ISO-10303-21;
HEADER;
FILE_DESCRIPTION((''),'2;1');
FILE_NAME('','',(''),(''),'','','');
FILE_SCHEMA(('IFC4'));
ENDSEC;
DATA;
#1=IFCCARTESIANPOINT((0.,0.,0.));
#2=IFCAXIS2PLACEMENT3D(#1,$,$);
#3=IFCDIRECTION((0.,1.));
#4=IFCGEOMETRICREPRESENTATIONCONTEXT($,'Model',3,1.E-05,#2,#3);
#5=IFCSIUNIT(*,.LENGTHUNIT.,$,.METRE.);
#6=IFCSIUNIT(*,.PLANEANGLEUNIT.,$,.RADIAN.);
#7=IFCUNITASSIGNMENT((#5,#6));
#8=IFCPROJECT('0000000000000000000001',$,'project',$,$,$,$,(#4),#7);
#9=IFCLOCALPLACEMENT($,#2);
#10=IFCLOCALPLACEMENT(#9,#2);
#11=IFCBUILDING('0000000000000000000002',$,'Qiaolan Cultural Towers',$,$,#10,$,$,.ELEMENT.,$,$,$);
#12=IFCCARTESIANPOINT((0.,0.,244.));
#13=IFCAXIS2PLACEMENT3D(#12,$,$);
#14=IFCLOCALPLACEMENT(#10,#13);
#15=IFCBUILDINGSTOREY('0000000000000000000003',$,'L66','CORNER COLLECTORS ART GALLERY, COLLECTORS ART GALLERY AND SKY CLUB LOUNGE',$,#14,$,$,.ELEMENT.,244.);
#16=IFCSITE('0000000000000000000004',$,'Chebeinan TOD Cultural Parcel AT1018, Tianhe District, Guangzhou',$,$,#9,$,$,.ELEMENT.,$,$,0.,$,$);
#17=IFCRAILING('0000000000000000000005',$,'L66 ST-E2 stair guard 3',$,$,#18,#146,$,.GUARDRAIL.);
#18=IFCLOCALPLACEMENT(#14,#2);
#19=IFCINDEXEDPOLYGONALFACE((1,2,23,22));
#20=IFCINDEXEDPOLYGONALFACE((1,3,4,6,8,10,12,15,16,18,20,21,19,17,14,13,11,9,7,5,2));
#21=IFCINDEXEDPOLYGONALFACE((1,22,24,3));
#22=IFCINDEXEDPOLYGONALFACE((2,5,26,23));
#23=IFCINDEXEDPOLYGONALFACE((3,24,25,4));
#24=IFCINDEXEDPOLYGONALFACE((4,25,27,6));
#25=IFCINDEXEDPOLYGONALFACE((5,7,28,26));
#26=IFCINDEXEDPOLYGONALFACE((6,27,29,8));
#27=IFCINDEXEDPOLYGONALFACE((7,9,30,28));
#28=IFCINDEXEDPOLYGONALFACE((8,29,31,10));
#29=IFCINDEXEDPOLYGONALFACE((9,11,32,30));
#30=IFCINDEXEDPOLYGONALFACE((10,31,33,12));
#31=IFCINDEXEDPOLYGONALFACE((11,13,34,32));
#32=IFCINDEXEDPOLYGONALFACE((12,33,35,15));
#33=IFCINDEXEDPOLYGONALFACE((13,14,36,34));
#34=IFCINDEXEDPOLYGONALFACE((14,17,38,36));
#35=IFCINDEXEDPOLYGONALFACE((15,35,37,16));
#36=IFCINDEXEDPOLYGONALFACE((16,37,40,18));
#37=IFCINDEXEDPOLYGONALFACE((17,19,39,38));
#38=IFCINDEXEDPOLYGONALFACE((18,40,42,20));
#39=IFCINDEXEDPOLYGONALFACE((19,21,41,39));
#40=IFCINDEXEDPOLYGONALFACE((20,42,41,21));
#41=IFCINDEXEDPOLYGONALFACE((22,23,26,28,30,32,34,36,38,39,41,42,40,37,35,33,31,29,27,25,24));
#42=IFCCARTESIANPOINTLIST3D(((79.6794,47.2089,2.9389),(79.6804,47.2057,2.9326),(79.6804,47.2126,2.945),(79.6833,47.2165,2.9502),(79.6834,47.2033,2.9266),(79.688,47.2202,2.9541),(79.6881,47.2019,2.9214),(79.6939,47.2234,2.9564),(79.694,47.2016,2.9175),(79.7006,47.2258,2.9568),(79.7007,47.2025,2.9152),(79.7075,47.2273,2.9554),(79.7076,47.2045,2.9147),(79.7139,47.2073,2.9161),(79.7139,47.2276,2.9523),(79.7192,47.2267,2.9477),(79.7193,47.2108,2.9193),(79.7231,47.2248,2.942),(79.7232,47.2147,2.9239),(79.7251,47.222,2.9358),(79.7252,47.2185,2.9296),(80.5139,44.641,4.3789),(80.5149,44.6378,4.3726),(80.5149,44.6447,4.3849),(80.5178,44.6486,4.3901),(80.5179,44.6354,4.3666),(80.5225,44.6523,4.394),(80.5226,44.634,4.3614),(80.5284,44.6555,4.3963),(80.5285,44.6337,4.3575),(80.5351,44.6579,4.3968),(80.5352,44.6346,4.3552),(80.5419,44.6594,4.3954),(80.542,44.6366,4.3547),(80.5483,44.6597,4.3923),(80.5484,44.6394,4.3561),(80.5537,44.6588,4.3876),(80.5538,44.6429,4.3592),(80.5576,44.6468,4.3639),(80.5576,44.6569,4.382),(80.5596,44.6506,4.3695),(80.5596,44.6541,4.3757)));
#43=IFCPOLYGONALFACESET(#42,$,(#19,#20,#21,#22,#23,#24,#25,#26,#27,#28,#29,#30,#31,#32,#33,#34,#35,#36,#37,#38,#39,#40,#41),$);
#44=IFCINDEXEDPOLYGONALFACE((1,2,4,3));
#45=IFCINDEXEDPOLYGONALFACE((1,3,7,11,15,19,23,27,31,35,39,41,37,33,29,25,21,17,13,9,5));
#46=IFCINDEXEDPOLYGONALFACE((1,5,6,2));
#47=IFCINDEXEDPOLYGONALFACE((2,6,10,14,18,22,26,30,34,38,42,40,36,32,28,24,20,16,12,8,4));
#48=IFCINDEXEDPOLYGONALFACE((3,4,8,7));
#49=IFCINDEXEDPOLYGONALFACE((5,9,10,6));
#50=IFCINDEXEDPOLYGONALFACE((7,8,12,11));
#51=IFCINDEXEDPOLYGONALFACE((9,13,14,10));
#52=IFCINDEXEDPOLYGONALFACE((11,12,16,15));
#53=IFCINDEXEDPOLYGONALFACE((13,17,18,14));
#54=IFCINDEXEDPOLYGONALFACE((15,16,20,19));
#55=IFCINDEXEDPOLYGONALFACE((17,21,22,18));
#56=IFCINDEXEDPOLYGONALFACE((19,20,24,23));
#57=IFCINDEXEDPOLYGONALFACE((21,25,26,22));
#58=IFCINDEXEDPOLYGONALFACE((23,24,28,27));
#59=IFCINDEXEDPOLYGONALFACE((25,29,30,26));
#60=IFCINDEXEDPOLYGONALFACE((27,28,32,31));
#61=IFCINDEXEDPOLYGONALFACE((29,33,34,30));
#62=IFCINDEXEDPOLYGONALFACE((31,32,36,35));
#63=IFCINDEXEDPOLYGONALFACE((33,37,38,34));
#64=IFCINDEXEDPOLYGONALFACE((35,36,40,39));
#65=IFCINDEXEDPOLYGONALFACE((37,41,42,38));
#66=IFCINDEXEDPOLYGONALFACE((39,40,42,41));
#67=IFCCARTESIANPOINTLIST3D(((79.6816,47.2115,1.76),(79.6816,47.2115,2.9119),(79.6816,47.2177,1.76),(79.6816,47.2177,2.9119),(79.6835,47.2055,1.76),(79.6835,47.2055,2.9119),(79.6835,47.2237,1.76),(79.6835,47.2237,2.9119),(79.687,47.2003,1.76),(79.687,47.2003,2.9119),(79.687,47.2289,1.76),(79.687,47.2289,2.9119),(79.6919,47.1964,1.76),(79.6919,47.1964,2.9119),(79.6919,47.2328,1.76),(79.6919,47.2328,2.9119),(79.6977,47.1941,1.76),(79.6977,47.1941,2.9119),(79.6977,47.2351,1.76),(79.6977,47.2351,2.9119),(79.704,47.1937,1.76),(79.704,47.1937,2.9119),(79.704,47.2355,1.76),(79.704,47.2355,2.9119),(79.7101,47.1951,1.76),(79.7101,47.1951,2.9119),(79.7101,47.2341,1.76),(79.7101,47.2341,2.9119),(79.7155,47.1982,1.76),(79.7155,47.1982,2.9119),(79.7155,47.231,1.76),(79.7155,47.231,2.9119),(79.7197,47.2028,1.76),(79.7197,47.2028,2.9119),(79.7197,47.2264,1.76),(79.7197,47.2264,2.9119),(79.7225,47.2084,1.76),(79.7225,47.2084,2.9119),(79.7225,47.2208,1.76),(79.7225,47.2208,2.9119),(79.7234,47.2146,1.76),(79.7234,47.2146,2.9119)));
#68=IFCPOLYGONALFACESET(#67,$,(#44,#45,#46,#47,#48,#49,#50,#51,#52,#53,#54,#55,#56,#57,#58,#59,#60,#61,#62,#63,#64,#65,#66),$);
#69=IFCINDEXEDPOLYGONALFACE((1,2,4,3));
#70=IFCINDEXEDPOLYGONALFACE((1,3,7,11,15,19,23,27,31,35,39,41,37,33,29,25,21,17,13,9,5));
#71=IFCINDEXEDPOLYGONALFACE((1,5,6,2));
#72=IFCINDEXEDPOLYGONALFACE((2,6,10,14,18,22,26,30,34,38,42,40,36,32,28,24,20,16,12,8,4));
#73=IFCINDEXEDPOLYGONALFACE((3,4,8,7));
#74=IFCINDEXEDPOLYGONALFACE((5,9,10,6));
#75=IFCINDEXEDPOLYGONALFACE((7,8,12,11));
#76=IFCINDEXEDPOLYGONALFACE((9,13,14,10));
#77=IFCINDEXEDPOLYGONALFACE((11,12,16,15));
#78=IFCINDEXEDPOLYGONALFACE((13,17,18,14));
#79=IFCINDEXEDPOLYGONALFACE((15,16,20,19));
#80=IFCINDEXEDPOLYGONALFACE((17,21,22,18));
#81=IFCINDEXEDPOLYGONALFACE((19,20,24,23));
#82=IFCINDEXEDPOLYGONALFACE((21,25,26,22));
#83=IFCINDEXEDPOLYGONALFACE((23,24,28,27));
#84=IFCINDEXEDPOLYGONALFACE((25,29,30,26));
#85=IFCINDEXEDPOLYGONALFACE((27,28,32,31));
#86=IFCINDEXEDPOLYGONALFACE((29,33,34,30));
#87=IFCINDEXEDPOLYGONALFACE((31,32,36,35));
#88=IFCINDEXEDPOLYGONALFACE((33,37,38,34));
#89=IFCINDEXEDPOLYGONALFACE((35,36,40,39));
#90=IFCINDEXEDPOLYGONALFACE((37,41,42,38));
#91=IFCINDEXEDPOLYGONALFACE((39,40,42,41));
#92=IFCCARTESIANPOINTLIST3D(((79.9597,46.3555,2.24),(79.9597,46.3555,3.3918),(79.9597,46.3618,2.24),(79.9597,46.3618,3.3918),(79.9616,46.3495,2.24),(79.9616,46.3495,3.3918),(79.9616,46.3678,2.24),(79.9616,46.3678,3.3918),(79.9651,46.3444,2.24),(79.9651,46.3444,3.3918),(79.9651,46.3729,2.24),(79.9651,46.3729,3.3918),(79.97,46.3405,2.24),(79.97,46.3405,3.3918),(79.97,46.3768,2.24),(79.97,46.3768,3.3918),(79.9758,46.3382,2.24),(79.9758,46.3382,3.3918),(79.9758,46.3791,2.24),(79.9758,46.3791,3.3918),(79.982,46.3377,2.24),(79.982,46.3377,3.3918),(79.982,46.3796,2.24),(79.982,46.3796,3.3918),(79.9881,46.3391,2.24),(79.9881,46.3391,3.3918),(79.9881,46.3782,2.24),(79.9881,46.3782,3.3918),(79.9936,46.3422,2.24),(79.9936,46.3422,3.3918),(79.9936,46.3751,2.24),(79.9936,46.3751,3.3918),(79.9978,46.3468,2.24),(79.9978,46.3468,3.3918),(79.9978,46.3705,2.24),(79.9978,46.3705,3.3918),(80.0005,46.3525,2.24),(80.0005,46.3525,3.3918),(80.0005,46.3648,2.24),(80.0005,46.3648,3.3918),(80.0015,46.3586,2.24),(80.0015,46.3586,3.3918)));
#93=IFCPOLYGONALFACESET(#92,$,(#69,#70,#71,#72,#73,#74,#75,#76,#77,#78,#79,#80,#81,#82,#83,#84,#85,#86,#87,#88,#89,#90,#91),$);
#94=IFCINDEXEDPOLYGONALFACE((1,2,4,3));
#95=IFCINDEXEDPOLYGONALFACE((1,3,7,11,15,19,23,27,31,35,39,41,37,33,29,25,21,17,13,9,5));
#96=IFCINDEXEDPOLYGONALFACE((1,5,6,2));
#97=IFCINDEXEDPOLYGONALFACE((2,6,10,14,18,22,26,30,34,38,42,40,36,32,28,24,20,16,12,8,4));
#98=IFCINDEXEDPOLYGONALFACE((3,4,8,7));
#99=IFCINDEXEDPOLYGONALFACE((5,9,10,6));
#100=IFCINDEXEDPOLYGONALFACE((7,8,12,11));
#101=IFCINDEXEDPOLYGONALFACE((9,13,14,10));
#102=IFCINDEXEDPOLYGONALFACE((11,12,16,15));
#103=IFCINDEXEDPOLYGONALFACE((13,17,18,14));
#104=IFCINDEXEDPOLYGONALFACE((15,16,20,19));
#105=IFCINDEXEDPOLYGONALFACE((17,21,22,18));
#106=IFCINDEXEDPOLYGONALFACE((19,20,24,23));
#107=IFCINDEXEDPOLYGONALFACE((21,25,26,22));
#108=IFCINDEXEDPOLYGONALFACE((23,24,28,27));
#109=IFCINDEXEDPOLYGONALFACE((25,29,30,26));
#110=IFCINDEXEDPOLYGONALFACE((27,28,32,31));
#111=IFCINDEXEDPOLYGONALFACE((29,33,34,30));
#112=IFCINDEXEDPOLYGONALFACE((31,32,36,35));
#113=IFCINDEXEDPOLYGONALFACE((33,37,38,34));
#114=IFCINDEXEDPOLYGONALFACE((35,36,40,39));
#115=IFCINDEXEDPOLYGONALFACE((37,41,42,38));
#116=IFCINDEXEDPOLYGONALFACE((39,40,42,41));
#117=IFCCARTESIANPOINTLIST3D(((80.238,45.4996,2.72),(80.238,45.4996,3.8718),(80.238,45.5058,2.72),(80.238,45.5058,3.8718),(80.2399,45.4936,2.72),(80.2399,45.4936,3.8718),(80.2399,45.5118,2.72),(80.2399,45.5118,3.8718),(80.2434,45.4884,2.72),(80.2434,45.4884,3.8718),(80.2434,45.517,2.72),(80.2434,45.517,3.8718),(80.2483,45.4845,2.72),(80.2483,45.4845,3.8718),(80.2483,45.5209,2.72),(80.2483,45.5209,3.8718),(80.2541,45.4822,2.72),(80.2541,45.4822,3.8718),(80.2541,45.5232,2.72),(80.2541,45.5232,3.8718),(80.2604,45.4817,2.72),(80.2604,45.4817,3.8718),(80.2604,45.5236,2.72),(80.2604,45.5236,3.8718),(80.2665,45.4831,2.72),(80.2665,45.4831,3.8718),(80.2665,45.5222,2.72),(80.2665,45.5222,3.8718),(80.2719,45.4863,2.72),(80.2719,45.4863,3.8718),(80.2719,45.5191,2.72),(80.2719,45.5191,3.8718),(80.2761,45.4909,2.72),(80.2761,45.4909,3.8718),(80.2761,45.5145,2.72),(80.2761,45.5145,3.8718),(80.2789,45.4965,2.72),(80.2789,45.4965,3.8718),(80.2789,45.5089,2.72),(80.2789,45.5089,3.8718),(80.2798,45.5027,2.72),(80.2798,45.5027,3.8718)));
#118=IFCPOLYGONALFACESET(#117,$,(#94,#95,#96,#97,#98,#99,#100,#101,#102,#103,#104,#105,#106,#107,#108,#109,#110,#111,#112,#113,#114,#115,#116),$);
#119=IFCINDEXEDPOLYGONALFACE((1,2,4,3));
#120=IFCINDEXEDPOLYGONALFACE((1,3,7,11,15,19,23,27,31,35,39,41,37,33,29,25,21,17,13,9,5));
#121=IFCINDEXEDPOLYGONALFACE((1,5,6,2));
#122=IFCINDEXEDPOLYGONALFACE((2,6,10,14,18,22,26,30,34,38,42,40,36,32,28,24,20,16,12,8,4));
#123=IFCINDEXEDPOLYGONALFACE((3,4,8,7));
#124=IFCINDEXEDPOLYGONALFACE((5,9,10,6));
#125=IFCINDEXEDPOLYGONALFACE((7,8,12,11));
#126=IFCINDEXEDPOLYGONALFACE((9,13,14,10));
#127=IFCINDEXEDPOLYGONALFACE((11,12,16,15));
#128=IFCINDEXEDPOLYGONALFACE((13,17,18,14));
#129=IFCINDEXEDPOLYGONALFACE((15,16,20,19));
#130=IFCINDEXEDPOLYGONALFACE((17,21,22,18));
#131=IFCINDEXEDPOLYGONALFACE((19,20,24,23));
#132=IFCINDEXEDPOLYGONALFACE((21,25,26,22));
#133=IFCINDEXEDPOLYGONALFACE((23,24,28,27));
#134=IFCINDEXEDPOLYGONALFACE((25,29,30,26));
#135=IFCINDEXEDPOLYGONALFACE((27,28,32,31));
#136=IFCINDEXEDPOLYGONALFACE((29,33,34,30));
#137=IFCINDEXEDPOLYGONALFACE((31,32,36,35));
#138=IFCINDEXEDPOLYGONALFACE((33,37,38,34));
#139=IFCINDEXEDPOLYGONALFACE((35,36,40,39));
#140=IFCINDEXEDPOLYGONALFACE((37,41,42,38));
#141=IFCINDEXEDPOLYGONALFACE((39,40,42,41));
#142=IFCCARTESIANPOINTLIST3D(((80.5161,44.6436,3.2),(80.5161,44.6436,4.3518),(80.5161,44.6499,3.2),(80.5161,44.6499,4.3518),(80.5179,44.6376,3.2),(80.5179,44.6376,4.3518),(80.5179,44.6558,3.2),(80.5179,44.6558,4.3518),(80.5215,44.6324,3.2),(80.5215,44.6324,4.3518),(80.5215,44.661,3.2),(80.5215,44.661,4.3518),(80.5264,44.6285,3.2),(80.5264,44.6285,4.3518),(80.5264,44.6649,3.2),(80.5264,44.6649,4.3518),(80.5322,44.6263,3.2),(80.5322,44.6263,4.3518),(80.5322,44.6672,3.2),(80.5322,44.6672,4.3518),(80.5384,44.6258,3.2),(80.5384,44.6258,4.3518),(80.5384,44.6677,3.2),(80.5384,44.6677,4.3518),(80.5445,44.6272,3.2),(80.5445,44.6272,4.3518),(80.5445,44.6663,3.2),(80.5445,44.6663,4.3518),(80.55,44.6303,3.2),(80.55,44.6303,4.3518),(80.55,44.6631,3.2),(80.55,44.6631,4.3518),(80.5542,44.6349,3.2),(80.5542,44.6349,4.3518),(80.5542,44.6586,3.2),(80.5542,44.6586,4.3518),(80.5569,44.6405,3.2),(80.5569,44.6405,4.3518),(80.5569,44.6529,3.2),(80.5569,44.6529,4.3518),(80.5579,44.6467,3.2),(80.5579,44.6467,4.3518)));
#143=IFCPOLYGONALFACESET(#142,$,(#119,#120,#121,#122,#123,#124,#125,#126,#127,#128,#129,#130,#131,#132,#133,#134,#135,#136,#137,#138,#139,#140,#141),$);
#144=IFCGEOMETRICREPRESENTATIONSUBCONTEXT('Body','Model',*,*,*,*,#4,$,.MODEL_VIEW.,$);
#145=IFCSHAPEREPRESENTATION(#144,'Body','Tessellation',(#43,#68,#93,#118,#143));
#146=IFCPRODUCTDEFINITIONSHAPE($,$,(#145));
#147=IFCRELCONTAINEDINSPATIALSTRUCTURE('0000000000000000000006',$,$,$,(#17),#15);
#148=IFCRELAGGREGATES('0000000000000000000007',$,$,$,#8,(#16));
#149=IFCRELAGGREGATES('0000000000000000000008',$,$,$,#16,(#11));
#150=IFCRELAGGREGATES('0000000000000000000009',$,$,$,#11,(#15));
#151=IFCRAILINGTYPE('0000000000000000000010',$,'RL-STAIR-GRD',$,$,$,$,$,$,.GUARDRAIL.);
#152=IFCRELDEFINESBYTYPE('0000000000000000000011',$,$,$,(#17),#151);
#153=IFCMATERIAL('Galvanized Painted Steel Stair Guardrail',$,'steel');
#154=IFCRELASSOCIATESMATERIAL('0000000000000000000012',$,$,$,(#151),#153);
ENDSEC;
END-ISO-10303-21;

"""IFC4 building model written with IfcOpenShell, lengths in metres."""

from ifc_helpers import new_model, si_unit, direction, frame, origin, origin_2d, place, context, subcontext, project, spatial, circle, extrude, material, type_object, element, save


model = new_model("IFC4")

# Units and contexts
model_context = context("Model", 3, precision=1e-05, world=origin(), true_north=direction((0.0, 1.0)))
body_context = subcontext(model_context, "Body", "Model", "MODEL_VIEW")
ifc_project = project(units=[si_unit("LENGTHUNIT", "METRE"), si_unit("PLANEANGLEUNIT", "RADIAN")], contexts=[model_context])

# Site, building, storey
site_placement = place(None, origin())
site = spatial("IfcSite", under=ifc_project, at=site_placement, Name="Chebeinan TOD Cultural Parcel AT1018, Tianhe District, Guangzhou", CompositionType="ELEMENT", RefElevation=0.0)
building_placement = place(site_placement, origin())
building = spatial("IfcBuilding", under=site, at=building_placement, Name="Qiaolan Cultural Towers", CompositionType="ELEMENT")
storey_placement = place(building_placement, frame((0.0, 0.0, 244.0)))
storey = spatial("IfcBuildingStorey", under=building, at=storey_placement, Name="L66", Description="CORNER COLLECTORS ART GALLERY, COLLECTORS ART GALLERY AND SKY CLUB LOUNGE", CompositionType="ELEMENT", Elevation=244.0)

# Railing
ifc_material_1 = material(Name="Galvanized Painted Steel Stair Guardrail", Category="steel")
railing_type_1 = type_object("IfcRailingType", Name="RL-STAIR-GRD", PredefinedType="GUARDRAIL", material=ifc_material_1)
railing_1_placement = place(storey_placement, frame((79.7024, 47.2146, 1.76)))
element("IfcRailing", 1, at=railing_1_placement, inside=storey, type_object=railing_type_1, Name="L66 ST-E2 stair guard 3", PredefinedType="GUARDRAIL", context=body_context, shape_type="SweptSolid", body=[
    extrude(circle(Radius=0.0239, at=origin_2d()), frame((0.0, 0.0, 1.1758), z_axis=(0.272701, -0.839167, 0.470566), x_axis=(0.951043, 0.309057, 0.0)), (0.0, 0.0, 1.0), 3.0601),
    extrude(circle(Radius=0.021, at=origin_2d()), origin(), (0.0, 0.0, 1.0), 1.1519),
    extrude(circle(Radius=0.021, at=origin_2d()), frame((0.2781, -0.856, 0.48)), (0.0, 0.0, 1.0), 1.1519),
    extrude(circle(Radius=0.021, at=origin_2d()), frame((0.5564, -1.7119, 0.96)), (0.0, 0.0, 1.0), 1.1519),
    extrude(circle(Radius=0.021, at=origin_2d()), frame((0.8345, -2.5679, 1.4399)), (0.0, 0.0, 1.0), 1.1519),
])

save(model, "model.ifc")
